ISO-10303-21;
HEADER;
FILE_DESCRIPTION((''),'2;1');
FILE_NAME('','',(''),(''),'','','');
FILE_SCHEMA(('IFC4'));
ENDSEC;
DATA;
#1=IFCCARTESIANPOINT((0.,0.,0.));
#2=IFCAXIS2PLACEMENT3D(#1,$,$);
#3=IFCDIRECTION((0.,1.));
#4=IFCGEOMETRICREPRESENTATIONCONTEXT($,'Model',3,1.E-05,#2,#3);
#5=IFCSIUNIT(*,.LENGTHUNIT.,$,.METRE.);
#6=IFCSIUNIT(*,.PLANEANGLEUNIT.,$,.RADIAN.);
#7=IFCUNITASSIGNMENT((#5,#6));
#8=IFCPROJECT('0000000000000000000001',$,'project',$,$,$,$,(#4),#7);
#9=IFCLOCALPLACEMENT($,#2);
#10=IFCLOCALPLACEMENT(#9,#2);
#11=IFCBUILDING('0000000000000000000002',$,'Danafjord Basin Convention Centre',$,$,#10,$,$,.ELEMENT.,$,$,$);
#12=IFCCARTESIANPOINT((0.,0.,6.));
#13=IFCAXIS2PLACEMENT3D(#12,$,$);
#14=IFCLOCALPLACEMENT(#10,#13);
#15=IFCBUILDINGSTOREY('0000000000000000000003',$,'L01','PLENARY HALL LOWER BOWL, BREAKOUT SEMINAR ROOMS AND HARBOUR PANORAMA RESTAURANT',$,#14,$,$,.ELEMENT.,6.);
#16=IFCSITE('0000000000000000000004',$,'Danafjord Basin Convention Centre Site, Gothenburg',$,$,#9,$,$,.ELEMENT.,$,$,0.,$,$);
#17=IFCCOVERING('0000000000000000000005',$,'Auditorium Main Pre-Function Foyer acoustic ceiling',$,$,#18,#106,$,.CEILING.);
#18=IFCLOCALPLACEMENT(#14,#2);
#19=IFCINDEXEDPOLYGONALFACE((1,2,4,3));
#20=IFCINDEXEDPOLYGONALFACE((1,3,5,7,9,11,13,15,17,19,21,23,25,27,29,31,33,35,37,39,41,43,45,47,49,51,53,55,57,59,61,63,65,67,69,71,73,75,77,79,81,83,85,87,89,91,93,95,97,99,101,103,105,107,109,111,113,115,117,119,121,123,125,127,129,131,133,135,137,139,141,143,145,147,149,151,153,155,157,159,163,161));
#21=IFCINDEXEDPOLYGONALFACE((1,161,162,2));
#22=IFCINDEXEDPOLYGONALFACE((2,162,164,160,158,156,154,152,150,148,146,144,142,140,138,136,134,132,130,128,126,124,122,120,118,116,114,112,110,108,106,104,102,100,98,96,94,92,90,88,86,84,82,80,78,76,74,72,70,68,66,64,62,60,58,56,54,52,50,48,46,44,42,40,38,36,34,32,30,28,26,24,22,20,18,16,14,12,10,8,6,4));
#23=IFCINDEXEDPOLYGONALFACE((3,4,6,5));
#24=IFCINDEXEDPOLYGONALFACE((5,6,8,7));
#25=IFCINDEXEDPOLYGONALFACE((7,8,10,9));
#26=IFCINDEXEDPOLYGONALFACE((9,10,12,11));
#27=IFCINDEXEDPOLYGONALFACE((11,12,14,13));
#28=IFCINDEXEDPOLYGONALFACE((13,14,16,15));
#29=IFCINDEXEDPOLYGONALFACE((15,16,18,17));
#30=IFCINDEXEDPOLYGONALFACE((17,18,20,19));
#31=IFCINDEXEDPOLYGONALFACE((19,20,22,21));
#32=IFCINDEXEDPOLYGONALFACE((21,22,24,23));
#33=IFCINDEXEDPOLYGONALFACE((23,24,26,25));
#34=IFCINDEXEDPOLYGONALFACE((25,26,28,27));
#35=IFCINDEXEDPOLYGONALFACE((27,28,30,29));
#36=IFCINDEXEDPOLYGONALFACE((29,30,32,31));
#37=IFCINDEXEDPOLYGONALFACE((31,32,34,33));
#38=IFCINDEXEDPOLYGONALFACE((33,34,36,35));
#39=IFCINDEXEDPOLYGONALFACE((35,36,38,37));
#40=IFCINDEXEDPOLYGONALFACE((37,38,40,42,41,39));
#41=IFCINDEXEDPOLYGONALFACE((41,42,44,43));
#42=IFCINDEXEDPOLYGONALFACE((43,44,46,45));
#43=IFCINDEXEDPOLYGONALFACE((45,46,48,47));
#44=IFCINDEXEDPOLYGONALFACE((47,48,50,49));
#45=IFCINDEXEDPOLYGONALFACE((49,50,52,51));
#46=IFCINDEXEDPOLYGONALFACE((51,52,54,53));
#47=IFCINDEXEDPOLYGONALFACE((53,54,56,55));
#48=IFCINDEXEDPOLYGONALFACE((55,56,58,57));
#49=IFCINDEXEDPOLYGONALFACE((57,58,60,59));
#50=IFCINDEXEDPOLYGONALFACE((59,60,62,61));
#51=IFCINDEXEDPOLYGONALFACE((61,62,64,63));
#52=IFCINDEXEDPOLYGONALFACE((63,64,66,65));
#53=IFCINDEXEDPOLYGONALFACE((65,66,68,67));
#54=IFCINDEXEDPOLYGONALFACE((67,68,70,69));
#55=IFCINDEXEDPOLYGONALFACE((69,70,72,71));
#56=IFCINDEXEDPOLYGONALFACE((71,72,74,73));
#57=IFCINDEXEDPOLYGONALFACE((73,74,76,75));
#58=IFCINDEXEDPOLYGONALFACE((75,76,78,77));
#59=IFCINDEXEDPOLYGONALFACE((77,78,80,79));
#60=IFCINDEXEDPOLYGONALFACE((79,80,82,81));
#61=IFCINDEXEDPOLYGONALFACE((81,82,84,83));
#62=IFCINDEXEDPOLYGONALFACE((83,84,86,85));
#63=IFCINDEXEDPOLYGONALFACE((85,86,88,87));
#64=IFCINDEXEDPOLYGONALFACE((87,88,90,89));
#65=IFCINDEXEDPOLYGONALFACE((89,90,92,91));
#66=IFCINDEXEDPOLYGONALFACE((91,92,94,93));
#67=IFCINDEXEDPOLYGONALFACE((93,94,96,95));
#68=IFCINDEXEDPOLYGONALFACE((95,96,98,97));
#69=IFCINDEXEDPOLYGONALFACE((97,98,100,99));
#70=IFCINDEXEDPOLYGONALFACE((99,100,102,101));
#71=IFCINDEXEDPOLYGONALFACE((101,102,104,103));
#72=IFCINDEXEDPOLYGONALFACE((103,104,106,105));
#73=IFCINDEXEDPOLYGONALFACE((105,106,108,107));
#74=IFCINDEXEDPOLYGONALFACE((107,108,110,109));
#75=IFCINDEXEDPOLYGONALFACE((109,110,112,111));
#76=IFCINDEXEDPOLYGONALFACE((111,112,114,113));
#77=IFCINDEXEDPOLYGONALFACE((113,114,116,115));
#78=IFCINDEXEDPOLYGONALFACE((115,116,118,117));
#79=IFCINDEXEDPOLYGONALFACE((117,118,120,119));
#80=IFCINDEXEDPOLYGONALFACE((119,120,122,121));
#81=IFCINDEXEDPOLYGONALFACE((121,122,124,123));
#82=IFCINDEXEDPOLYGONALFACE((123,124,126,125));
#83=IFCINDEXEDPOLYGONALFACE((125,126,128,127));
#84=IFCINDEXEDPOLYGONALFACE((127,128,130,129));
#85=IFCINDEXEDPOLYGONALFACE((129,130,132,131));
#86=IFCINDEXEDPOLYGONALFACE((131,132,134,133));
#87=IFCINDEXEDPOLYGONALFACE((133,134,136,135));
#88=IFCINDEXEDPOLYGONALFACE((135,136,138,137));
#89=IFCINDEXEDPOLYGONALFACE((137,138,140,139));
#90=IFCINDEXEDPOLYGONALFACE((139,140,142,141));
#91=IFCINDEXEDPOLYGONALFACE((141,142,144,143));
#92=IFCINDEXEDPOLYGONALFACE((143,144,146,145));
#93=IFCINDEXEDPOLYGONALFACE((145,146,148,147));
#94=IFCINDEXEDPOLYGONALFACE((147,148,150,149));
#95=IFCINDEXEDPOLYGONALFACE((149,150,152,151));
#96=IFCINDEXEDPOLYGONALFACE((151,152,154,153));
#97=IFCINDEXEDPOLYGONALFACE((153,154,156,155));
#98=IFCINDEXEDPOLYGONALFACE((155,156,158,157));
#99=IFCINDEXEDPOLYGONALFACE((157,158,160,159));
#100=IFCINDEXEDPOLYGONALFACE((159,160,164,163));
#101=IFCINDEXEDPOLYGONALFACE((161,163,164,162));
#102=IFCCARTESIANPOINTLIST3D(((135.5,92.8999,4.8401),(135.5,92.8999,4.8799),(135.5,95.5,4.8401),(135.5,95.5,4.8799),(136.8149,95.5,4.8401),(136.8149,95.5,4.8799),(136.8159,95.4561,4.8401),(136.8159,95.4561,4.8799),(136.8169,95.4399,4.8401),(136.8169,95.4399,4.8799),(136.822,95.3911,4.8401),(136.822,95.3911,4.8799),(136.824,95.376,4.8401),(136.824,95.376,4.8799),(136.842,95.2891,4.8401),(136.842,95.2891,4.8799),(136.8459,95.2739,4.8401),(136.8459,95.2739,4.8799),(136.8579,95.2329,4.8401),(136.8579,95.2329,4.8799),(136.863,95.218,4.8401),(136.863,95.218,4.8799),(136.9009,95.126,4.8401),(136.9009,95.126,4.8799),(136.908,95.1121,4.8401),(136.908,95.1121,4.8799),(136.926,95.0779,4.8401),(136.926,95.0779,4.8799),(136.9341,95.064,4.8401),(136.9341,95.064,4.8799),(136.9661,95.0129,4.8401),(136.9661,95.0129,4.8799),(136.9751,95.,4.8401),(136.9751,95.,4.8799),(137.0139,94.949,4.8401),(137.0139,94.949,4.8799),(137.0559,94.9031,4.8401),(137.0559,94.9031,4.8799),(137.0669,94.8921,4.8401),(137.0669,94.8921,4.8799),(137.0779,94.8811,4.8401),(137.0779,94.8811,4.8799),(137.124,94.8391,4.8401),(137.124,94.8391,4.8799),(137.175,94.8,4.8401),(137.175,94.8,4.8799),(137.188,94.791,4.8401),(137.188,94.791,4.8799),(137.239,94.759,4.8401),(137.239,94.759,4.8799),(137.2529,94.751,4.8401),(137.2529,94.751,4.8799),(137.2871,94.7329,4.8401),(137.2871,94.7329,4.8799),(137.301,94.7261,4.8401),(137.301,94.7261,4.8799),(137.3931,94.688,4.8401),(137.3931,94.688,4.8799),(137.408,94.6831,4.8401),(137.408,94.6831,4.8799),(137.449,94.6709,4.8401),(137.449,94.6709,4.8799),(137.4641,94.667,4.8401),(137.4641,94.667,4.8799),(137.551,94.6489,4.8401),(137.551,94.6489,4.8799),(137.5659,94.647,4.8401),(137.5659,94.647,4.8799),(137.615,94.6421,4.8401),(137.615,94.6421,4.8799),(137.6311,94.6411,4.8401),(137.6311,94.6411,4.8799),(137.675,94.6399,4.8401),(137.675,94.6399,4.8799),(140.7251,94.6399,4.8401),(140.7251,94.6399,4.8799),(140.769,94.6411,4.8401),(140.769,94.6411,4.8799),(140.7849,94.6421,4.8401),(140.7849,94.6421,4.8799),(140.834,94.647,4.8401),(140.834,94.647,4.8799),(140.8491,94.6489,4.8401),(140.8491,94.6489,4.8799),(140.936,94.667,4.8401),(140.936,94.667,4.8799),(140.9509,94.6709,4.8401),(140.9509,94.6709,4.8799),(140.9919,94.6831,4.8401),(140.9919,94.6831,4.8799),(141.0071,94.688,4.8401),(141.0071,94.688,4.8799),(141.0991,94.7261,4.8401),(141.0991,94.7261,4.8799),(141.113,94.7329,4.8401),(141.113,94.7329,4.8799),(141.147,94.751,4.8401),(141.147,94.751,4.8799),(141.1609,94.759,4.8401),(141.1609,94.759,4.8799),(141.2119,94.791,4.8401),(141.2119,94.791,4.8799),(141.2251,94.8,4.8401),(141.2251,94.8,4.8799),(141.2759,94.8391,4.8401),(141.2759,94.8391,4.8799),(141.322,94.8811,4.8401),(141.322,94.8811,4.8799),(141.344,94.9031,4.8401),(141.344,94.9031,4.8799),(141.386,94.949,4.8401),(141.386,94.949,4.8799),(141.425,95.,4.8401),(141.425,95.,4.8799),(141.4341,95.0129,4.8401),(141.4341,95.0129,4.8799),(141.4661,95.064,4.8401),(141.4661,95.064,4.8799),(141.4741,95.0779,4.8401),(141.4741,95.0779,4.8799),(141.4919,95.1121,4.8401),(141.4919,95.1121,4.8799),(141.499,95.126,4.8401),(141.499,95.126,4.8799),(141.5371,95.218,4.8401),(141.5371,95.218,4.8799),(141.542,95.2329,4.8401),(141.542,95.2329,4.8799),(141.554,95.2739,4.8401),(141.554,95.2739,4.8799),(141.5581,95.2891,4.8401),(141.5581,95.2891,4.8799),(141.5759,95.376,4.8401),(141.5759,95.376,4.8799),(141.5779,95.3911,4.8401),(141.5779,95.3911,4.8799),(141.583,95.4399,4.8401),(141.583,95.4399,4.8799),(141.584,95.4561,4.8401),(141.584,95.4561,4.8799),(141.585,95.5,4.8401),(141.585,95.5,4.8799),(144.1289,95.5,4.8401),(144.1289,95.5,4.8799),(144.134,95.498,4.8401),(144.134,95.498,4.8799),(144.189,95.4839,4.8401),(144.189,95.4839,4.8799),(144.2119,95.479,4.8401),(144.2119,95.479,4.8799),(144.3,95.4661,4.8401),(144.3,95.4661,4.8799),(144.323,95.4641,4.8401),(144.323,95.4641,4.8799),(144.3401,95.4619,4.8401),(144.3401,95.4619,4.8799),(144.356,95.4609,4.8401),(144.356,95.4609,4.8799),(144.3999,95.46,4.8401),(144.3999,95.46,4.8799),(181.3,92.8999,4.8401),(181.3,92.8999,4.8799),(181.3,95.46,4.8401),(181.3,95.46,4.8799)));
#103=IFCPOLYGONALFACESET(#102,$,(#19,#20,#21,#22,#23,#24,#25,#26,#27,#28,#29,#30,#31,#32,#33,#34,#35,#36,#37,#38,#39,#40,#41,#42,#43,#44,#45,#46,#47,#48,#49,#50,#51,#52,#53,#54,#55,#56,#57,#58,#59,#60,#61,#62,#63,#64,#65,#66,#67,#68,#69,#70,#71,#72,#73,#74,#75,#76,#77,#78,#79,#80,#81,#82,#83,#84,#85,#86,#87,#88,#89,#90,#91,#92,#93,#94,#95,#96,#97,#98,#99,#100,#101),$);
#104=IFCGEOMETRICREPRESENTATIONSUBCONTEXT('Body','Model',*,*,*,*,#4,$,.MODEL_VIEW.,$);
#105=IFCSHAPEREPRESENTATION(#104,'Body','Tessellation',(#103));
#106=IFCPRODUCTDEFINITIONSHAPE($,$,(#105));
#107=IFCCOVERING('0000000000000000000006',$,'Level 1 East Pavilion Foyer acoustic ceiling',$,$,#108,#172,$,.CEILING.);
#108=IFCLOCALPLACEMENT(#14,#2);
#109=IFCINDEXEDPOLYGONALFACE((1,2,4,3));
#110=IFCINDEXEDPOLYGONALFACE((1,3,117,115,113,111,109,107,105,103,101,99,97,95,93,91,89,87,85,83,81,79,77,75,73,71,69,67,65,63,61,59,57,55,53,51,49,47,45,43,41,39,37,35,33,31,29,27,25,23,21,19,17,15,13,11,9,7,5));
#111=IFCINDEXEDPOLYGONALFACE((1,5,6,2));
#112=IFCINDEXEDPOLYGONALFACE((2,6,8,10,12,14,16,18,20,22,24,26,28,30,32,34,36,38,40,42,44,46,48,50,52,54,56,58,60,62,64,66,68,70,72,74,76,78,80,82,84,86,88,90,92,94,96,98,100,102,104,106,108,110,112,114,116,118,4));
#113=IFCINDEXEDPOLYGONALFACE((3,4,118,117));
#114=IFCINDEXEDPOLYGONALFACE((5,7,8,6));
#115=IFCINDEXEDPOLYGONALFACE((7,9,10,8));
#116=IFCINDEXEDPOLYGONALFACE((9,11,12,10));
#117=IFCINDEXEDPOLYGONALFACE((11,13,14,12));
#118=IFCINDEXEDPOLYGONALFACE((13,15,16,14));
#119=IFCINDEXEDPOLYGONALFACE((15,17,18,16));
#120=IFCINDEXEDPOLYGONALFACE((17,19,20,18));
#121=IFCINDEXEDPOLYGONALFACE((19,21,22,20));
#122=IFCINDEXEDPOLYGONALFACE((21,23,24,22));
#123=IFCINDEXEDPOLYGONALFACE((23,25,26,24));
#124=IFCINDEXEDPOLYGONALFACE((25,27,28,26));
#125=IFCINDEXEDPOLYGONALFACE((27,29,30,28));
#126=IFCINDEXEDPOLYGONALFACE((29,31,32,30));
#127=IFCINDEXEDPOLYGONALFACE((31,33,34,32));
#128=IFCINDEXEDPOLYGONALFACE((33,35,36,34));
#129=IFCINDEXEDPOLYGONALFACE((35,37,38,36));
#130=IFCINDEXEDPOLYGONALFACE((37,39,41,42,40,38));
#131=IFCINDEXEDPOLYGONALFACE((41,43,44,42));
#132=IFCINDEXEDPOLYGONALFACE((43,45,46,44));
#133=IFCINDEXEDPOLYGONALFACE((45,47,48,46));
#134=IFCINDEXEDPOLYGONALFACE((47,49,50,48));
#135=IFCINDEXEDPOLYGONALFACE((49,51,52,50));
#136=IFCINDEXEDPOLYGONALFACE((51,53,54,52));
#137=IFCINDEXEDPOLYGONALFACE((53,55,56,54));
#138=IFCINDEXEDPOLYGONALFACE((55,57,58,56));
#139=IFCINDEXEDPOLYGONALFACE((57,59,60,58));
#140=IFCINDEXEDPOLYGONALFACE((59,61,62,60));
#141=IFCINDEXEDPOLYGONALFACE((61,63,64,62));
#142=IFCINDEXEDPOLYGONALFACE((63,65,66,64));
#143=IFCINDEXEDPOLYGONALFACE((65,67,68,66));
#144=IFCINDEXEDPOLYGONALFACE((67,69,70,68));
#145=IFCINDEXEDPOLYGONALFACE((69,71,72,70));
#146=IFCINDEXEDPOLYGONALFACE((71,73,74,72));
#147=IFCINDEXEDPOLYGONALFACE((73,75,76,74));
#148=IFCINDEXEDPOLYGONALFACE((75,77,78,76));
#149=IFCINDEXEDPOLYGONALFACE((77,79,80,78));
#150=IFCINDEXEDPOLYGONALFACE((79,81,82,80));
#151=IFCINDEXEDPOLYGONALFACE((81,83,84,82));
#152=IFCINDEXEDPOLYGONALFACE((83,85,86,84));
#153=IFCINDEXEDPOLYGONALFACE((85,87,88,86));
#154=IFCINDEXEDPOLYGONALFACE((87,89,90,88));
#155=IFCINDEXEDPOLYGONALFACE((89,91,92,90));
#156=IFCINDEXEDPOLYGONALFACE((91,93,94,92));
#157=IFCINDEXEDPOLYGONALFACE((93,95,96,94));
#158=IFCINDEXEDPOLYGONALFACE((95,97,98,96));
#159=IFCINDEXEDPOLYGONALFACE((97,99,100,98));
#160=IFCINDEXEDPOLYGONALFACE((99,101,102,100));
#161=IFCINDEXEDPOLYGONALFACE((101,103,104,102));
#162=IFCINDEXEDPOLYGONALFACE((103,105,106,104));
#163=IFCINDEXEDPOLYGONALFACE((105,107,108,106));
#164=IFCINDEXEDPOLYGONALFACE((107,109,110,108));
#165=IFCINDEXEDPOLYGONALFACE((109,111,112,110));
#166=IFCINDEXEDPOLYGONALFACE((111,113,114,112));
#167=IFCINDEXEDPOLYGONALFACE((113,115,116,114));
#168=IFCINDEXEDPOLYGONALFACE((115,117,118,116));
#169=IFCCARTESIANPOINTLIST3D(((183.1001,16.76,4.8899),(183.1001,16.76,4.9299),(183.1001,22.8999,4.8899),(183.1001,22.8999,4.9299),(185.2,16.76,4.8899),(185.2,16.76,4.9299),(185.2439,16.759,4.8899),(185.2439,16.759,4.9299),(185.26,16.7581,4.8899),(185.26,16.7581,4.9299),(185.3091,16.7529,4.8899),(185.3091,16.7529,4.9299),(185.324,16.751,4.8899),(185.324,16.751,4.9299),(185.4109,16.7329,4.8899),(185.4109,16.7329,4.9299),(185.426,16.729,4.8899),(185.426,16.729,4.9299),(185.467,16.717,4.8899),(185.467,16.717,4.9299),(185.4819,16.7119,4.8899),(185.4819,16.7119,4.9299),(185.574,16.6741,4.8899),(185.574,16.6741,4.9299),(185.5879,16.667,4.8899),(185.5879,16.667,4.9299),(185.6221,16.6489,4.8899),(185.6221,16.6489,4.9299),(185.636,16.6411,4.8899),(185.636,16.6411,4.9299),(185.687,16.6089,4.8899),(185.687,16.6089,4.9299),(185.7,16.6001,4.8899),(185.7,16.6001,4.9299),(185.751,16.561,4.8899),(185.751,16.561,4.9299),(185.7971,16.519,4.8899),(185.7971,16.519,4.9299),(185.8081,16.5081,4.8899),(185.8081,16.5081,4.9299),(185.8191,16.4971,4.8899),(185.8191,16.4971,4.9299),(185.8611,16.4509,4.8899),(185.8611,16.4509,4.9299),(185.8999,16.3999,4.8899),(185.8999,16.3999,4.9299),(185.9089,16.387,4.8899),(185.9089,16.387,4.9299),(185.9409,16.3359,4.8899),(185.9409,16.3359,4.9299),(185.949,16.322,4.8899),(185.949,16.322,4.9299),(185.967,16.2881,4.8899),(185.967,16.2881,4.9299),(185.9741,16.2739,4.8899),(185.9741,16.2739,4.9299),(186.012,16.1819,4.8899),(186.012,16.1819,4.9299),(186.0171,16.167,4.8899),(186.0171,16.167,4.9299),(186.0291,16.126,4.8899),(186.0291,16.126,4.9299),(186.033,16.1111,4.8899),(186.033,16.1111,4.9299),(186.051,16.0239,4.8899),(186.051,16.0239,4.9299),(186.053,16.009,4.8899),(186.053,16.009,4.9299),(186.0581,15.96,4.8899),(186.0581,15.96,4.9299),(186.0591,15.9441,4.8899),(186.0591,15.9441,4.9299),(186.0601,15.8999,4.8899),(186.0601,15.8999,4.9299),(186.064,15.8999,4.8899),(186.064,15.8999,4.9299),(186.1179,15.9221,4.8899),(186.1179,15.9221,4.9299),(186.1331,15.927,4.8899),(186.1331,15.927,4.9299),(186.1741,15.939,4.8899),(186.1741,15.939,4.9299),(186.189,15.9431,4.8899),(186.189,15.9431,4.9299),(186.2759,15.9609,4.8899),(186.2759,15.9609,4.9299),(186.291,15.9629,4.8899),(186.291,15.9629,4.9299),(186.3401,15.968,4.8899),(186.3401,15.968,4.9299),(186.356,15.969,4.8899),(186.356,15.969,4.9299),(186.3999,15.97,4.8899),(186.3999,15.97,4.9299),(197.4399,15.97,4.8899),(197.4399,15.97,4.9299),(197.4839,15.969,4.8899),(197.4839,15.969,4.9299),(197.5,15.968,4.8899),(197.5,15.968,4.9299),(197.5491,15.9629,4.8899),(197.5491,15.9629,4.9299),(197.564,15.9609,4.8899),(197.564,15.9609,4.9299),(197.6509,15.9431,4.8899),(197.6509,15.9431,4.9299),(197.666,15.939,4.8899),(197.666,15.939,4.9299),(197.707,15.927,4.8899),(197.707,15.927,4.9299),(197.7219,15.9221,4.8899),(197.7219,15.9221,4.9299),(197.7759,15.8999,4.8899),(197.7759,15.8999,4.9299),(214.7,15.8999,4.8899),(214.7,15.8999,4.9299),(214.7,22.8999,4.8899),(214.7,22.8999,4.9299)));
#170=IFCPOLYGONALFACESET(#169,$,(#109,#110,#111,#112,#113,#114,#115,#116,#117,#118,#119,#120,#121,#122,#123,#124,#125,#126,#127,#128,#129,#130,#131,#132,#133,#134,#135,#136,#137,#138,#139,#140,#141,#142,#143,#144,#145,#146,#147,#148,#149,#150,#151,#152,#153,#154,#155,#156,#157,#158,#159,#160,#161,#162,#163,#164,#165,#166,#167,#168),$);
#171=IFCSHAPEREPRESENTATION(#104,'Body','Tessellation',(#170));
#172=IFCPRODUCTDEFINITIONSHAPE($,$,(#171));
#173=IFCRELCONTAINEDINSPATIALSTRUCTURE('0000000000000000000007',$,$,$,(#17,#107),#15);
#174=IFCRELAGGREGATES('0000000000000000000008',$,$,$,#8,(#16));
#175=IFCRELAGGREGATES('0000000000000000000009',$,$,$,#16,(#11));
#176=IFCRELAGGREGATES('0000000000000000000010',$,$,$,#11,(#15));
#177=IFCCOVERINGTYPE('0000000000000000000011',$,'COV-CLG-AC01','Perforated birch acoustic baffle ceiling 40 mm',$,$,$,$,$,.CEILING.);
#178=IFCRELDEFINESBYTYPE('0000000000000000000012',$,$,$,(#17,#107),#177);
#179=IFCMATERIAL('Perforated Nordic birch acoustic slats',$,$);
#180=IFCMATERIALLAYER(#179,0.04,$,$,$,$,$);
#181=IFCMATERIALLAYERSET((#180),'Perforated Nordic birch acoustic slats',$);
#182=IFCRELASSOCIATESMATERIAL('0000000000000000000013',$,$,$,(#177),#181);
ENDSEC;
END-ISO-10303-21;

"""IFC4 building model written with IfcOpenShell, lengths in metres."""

from ifc_helpers import new_model, si_unit, direction, frame, origin, place, context, subcontext, project, spatial, polyline, outline, extrude, material, layer, layer_set, type_object, element, save


model = new_model("IFC4")

# Units and contexts
model_context = context("Model", 3, precision=1e-05, world=origin(), true_north=direction((0.0, 1.0)))
body_context = subcontext(model_context, "Body", "Model", "MODEL_VIEW")
ifc_project = project(units=[si_unit("LENGTHUNIT", "METRE"), si_unit("PLANEANGLEUNIT", "RADIAN")], contexts=[model_context])

# Site, building, storey
site_placement = place(None, origin())
site = spatial("IfcSite", under=ifc_project, at=site_placement, Name="Danafjord Basin Convention Centre Site, Gothenburg", CompositionType="ELEMENT", RefElevation=0.0)
building_placement = place(site_placement, origin())
building = spatial("IfcBuilding", under=site, at=building_placement, Name="Danafjord Basin Convention Centre", CompositionType="ELEMENT")
storey_placement = place(building_placement, frame((0.0, 0.0, 6.0)))
storey = spatial("IfcBuildingStorey", under=building, at=storey_placement, Name="L01", Description="PLENARY HALL LOWER BOWL, BREAKOUT SEMINAR ROOMS AND HARBOUR PANORAMA RESTAURANT", CompositionType="ELEMENT", Elevation=6.0)

# Coverings
ifc_material_1 = material(Name="Perforated Nordic birch acoustic slats")
ifc_layer_1 = layer(ifc_material_1, 0.04)
ifc_layer_set_1 = layer_set([ifc_layer_1], Name="Perforated Nordic birch acoustic slats")
covering_type_1 = type_object("IfcCoveringType", Name="COV-CLG-AC01", Description="Perforated birch acoustic baffle ceiling 40 mm", PredefinedType="CEILING", material=ifc_layer_set_1)
covering_1_placement = place(storey_placement, frame((0.0, 0.0, 4.8401)))
element("IfcCovering", 1, at=covering_1_placement, inside=storey, type_object=covering_type_1, Name="Auditorium Main Pre-Function Foyer acoustic ceiling", PredefinedType="CEILING", context=body_context, shape_type="SweptSolid", body=[
    extrude(outline(polyline([(136.8149, 95.5), (136.8159, 95.4561), (136.8169, 95.4399), (136.822, 95.3911), (136.824, 95.376), (136.842, 95.2891), (136.8459, 95.2739), (136.8579, 95.2329), (136.863, 95.218), (136.9009, 95.126), (136.908, 95.1121), (136.926, 95.0779), (136.9341, 95.064), (136.9661, 95.0129), (136.9751, 95.0), (137.0139, 94.949), (137.0559, 94.9031), (137.0669, 94.8921), (137.0779, 94.8811), (137.124, 94.8391), (137.175, 94.8), (137.188, 94.791), (137.239, 94.759), (137.2529, 94.751), (137.2871, 94.7329), (137.301, 94.7261), (137.3931, 94.688), (137.408, 94.6831), (137.449, 94.6709), (137.4641, 94.667), (137.551, 94.6489), (137.5659, 94.647), (137.615, 94.6421), (137.6311, 94.6411), (137.675, 94.6399), (140.7251, 94.6399), (140.769, 94.6411), (140.7849, 94.6421), (140.834, 94.647), (140.8491, 94.6489), (140.936, 94.667), (140.9509, 94.6709), (140.9919, 94.6831), (141.0071, 94.688), (141.0991, 94.7261), (141.113, 94.7329), (141.147, 94.751), (141.1609, 94.759), (141.2119, 94.791), (141.2251, 94.8), (141.2759, 94.8391), (141.322, 94.8811), (141.344, 94.9031), (141.386, 94.949), (141.425, 95.0), (141.4341, 95.0129), (141.4661, 95.064), (141.4741, 95.0779), (141.4919, 95.1121), (141.499, 95.126), (141.5371, 95.218), (141.542, 95.2329), (141.554, 95.2739), (141.5581, 95.2891), (141.5759, 95.376), (141.5779, 95.3911), (141.583, 95.4399), (141.584, 95.4561), (141.585, 95.5), (144.1289, 95.5), (144.134, 95.498), (144.189, 95.4839), (144.2119, 95.479), (144.3, 95.4661), (144.323, 95.4641), (144.3401, 95.4619), (144.356, 95.4609), (144.3999, 95.46), (181.3, 95.46), (181.3, 92.8999), (135.5, 92.8999), (135.5, 95.5), (136.8149, 95.5)])), origin(), (0.0, 0.0, 1.0), 0.0398),
])
covering_2_placement = place(storey_placement, frame((0.0, 0.0, 4.8899)))
element("IfcCovering", 2, at=covering_2_placement, inside=storey, type_object=covering_type_1, Name="Level 1 East Pavilion Foyer acoustic ceiling", PredefinedType="CEILING", context=body_context, shape_type="SweptSolid", body=[
    extrude(outline(polyline([(183.1001, 22.8999), (214.7, 22.8999), (214.7, 15.8999), (197.7759, 15.8999), (197.7219, 15.9221), (197.707, 15.927), (197.666, 15.939), (197.6509, 15.9431), (197.564, 15.9609), (197.5491, 15.9629), (197.5, 15.968), (197.4839, 15.969), (197.4399, 15.97), (186.3999, 15.97), (186.356, 15.969), (186.3401, 15.968), (186.291, 15.9629), (186.2759, 15.9609), (186.189, 15.9431), (186.1741, 15.939), (186.1331, 15.927), (186.1179, 15.9221), (186.064, 15.8999), (186.0601, 15.8999), (186.0591, 15.9441), (186.0581, 15.96), (186.053, 16.009), (186.051, 16.0239), (186.033, 16.1111), (186.0291, 16.126), (186.0171, 16.167), (186.012, 16.1819), (185.9741, 16.2739), (185.967, 16.2881), (185.949, 16.322), (185.9409, 16.3359), (185.9089, 16.387), (185.8999, 16.3999), (185.8611, 16.4509), (185.8191, 16.4971), (185.8081, 16.5081), (185.7971, 16.519), (185.751, 16.561), (185.7, 16.6001), (185.687, 16.6089), (185.636, 16.6411), (185.6221, 16.6489), (185.5879, 16.667), (185.574, 16.6741), (185.4819, 16.7119), (185.467, 16.717), (185.426, 16.729), (185.4109, 16.7329), (185.324, 16.751), (185.3091, 16.7529), (185.26, 16.7581), (185.2439, 16.759), (185.2, 16.76), (183.1001, 16.76), (183.1001, 22.8999)])), origin(), (0.0, 0.0, 1.0), 0.04),
])

save(model, "model.ifc")
